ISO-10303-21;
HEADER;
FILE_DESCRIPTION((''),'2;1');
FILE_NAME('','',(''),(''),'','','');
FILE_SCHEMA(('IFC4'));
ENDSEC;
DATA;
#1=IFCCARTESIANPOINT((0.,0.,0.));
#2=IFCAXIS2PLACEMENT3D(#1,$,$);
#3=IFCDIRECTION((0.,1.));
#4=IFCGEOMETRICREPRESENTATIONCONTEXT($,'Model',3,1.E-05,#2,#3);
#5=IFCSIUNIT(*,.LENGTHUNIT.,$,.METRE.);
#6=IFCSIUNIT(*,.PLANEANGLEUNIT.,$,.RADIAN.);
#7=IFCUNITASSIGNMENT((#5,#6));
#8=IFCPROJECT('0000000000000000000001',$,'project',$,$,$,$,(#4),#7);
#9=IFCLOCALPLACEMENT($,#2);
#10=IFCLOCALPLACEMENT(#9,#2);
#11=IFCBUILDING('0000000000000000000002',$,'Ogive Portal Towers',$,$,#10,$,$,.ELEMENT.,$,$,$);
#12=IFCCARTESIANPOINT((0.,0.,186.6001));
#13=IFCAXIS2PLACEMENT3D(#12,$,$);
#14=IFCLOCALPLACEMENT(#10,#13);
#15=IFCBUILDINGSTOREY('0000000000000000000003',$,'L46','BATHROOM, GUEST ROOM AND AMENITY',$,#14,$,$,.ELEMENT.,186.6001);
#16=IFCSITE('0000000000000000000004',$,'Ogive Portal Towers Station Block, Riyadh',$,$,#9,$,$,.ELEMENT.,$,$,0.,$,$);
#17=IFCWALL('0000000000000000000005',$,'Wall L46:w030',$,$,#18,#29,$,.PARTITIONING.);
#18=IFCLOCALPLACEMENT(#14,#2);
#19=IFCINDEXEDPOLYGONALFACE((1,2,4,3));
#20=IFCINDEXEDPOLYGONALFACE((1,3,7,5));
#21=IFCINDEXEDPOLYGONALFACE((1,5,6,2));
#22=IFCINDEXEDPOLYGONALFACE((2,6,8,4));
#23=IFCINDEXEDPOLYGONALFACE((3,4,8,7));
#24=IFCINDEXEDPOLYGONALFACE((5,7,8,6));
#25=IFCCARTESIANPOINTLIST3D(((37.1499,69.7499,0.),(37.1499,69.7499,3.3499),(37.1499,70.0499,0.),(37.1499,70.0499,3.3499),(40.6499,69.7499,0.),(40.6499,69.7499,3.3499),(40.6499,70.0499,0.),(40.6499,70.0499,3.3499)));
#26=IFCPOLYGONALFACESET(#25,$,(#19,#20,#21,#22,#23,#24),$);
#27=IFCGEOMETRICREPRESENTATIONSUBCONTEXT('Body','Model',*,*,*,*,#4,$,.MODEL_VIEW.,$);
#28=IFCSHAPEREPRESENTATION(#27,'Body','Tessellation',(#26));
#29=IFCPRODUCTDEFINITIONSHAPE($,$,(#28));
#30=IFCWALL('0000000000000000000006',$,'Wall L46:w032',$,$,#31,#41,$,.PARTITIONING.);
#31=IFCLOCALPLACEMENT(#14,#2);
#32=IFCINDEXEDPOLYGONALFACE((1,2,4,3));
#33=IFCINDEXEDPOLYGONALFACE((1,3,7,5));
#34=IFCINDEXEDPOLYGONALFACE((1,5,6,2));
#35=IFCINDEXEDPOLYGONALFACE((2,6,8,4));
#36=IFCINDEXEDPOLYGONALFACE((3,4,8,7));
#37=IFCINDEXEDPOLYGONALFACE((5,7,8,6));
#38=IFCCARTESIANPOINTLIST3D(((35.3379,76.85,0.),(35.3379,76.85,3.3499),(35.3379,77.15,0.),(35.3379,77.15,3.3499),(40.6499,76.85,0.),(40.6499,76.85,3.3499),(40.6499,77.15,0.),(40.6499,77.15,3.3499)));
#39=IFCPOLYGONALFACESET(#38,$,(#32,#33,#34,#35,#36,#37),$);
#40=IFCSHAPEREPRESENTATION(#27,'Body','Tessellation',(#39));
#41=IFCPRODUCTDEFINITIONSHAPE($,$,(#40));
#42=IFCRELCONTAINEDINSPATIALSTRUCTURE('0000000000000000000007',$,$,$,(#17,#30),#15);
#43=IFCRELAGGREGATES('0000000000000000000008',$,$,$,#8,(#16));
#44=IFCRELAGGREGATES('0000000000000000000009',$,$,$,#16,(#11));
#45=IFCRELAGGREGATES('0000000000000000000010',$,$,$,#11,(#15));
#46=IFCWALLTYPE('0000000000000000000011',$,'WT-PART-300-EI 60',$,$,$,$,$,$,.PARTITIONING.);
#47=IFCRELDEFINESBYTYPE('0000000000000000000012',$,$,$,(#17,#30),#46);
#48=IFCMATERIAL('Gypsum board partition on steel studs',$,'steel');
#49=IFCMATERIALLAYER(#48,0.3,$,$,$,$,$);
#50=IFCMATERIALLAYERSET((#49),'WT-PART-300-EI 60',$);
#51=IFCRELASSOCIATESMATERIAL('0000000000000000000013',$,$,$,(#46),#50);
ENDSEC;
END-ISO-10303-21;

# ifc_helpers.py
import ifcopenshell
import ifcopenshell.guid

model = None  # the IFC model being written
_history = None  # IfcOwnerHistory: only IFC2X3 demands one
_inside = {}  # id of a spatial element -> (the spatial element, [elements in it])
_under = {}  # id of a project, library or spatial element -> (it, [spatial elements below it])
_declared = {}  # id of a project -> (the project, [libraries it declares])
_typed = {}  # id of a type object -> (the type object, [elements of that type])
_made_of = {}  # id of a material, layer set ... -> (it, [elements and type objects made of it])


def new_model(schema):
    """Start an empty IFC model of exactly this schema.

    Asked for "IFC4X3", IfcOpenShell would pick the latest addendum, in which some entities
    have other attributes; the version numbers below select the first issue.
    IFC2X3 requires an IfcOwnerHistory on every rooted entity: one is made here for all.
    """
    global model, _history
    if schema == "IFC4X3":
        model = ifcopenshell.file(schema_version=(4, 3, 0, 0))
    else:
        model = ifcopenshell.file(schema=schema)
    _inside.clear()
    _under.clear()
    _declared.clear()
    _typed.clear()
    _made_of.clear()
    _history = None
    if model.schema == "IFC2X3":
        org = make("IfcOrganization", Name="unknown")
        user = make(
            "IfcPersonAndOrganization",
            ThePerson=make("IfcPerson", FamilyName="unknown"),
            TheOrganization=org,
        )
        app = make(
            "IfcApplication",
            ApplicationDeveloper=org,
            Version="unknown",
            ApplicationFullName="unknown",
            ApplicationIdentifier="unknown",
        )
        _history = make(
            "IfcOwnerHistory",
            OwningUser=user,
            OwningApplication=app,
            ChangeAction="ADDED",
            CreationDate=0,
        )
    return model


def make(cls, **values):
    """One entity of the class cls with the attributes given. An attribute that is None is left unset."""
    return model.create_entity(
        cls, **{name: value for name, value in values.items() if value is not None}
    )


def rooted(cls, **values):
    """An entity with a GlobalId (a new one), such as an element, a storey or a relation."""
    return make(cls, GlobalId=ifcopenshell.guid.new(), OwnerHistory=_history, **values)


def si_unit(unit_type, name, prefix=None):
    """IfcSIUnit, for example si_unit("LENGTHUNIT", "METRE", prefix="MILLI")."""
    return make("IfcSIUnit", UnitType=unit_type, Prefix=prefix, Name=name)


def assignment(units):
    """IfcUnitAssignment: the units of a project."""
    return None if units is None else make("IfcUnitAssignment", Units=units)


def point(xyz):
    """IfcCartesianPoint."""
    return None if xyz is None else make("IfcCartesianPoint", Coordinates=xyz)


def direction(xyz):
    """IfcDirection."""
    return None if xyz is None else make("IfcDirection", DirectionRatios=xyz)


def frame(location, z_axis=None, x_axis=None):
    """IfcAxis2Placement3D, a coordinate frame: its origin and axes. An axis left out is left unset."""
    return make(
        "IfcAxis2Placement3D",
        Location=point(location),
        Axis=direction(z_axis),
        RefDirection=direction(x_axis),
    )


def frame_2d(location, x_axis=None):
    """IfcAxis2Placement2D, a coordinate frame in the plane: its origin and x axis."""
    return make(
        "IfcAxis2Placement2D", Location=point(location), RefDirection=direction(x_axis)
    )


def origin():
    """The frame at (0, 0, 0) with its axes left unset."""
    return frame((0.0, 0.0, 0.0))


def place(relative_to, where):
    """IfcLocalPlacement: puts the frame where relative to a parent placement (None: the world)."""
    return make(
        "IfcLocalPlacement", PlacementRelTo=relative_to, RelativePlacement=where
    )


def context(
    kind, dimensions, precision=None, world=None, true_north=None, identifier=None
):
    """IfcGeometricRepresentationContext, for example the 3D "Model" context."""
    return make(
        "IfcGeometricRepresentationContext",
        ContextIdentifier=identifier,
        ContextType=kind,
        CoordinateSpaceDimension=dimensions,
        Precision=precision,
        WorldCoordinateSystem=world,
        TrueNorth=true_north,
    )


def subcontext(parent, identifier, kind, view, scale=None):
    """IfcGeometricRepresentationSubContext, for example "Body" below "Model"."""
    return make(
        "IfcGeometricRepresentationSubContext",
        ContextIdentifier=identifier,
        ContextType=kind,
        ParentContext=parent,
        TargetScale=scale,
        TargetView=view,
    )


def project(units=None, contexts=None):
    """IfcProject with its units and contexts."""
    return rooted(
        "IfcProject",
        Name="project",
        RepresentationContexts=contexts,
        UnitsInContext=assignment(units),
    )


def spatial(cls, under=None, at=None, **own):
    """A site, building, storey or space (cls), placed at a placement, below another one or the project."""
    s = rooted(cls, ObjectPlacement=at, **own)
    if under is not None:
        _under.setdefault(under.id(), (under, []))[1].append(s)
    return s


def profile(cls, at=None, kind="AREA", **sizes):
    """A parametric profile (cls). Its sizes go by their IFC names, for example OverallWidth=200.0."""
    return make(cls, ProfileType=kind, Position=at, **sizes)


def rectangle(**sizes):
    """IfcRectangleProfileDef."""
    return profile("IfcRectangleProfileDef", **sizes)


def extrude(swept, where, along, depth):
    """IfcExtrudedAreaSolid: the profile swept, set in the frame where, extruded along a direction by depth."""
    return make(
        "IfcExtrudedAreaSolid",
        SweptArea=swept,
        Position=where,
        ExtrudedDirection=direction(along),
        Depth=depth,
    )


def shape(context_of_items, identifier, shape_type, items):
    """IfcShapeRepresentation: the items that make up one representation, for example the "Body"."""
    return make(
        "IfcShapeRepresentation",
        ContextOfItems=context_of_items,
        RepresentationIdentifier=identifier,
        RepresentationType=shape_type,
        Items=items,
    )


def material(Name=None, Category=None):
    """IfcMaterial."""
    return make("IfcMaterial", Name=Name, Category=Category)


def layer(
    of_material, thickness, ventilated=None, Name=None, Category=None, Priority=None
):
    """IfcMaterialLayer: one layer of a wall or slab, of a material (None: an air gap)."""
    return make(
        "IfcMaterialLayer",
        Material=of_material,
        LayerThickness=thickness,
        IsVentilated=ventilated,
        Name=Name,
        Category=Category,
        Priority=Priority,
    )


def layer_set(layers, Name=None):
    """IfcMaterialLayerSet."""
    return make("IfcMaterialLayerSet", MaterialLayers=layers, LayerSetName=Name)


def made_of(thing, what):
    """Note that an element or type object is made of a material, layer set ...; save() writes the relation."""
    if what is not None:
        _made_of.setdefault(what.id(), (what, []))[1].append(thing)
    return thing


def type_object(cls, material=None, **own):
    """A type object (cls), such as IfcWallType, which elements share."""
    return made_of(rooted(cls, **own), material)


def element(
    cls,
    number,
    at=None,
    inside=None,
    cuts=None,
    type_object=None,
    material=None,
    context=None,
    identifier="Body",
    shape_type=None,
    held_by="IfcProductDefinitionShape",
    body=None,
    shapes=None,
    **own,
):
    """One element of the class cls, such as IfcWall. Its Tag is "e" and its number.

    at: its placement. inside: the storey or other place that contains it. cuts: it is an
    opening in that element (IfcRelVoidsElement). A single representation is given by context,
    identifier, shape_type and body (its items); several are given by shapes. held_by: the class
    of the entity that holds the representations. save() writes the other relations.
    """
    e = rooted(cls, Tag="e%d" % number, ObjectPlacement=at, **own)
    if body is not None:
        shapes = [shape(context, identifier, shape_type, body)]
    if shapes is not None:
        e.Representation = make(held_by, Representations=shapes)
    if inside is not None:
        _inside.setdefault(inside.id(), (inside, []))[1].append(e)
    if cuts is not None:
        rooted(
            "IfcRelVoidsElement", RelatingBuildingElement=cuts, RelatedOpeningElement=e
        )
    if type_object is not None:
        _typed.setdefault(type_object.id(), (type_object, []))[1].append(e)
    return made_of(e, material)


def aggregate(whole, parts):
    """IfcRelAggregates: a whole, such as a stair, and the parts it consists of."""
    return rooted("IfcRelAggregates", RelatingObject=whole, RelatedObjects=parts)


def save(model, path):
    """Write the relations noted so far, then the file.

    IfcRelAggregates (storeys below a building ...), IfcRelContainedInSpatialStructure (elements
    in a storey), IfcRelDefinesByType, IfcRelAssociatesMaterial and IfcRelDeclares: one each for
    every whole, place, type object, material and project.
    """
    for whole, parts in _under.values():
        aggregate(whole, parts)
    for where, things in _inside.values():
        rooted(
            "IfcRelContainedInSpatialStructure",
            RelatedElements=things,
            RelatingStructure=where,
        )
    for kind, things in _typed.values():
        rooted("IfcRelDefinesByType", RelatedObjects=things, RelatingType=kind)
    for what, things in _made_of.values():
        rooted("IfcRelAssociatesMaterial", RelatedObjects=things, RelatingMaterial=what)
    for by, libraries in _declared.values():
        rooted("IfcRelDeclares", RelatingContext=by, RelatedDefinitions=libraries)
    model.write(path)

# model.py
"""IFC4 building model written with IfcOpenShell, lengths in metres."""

from ifc_helpers import new_model, si_unit, direction, frame, frame_2d, origin, place, context, subcontext, project, spatial, rectangle, extrude, material, layer, layer_set, type_object, element, save


model = new_model("IFC4")

# Units and contexts
model_context = context("Model", 3, precision=1e-05, world=origin(), true_north=direction((0.0, 1.0)))
body_context = subcontext(model_context, "Body", "Model", "MODEL_VIEW")
ifc_project = project(units=[si_unit("LENGTHUNIT", "METRE"), si_unit("PLANEANGLEUNIT", "RADIAN")], contexts=[model_context])

# Site, building, storey
site_placement = place(None, origin())
site = spatial("IfcSite", under=ifc_project, at=site_placement, Name="Ogive Portal Towers Station Block, Riyadh", CompositionType="ELEMENT", RefElevation=0.0)
building_placement = place(site_placement, origin())
building = spatial("IfcBuilding", under=site, at=building_placement, Name="Ogive Portal Towers", CompositionType="ELEMENT")
storey_placement = place(building_placement, frame((0.0, 0.0, 186.6001)))
storey = spatial("IfcBuildingStorey", under=building, at=storey_placement, Name="L46", Description="BATHROOM, GUEST ROOM AND AMENITY", CompositionType="ELEMENT", Elevation=186.6001)

# Walls
ifc_material_1 = material(Name="Gypsum board partition on steel studs", Category="steel")
ifc_layer_1 = layer(ifc_material_1, 0.3)
ifc_layer_set_1 = layer_set([ifc_layer_1], Name="WT-PART-300-EI 60")
wall_type_1 = type_object("IfcWallType", Name="WT-PART-300-EI 60", PredefinedType="PARTITIONING", material=ifc_layer_set_1)
wall_1_placement = place(storey_placement, frame((37.1499, 69.8999, 0.0), z_axis=(0.0, 0.0, 1.0), x_axis=(1.0, 0.0, 0.0)))
element("IfcWall", 1, at=wall_1_placement, inside=storey, type_object=wall_type_1, Name="Wall L46:w030", PredefinedType="PARTITIONING", context=body_context, shape_type="SweptSolid", body=[
    extrude(rectangle(XDim=3.5, YDim=0.3, at=frame_2d((1.75, 0.0))), origin(), (0.0, 0.0, 1.0), 3.3499),
])
wall_2_placement = place(storey_placement, frame((35.3379, 77.0, 0.0), z_axis=(0.0, 0.0, 1.0), x_axis=(1.0, 0.0, 0.0)))
element("IfcWall", 2, at=wall_2_placement, inside=storey, type_object=wall_type_1, Name="Wall L46:w032", PredefinedType="PARTITIONING", context=body_context, shape_type="SweptSolid", body=[
    extrude(rectangle(XDim=5.312, YDim=0.3, at=frame_2d((2.656, 0.0))), origin(), (0.0, 0.0, 1.0), 3.3499),
])

save(model, "model.ifc")
